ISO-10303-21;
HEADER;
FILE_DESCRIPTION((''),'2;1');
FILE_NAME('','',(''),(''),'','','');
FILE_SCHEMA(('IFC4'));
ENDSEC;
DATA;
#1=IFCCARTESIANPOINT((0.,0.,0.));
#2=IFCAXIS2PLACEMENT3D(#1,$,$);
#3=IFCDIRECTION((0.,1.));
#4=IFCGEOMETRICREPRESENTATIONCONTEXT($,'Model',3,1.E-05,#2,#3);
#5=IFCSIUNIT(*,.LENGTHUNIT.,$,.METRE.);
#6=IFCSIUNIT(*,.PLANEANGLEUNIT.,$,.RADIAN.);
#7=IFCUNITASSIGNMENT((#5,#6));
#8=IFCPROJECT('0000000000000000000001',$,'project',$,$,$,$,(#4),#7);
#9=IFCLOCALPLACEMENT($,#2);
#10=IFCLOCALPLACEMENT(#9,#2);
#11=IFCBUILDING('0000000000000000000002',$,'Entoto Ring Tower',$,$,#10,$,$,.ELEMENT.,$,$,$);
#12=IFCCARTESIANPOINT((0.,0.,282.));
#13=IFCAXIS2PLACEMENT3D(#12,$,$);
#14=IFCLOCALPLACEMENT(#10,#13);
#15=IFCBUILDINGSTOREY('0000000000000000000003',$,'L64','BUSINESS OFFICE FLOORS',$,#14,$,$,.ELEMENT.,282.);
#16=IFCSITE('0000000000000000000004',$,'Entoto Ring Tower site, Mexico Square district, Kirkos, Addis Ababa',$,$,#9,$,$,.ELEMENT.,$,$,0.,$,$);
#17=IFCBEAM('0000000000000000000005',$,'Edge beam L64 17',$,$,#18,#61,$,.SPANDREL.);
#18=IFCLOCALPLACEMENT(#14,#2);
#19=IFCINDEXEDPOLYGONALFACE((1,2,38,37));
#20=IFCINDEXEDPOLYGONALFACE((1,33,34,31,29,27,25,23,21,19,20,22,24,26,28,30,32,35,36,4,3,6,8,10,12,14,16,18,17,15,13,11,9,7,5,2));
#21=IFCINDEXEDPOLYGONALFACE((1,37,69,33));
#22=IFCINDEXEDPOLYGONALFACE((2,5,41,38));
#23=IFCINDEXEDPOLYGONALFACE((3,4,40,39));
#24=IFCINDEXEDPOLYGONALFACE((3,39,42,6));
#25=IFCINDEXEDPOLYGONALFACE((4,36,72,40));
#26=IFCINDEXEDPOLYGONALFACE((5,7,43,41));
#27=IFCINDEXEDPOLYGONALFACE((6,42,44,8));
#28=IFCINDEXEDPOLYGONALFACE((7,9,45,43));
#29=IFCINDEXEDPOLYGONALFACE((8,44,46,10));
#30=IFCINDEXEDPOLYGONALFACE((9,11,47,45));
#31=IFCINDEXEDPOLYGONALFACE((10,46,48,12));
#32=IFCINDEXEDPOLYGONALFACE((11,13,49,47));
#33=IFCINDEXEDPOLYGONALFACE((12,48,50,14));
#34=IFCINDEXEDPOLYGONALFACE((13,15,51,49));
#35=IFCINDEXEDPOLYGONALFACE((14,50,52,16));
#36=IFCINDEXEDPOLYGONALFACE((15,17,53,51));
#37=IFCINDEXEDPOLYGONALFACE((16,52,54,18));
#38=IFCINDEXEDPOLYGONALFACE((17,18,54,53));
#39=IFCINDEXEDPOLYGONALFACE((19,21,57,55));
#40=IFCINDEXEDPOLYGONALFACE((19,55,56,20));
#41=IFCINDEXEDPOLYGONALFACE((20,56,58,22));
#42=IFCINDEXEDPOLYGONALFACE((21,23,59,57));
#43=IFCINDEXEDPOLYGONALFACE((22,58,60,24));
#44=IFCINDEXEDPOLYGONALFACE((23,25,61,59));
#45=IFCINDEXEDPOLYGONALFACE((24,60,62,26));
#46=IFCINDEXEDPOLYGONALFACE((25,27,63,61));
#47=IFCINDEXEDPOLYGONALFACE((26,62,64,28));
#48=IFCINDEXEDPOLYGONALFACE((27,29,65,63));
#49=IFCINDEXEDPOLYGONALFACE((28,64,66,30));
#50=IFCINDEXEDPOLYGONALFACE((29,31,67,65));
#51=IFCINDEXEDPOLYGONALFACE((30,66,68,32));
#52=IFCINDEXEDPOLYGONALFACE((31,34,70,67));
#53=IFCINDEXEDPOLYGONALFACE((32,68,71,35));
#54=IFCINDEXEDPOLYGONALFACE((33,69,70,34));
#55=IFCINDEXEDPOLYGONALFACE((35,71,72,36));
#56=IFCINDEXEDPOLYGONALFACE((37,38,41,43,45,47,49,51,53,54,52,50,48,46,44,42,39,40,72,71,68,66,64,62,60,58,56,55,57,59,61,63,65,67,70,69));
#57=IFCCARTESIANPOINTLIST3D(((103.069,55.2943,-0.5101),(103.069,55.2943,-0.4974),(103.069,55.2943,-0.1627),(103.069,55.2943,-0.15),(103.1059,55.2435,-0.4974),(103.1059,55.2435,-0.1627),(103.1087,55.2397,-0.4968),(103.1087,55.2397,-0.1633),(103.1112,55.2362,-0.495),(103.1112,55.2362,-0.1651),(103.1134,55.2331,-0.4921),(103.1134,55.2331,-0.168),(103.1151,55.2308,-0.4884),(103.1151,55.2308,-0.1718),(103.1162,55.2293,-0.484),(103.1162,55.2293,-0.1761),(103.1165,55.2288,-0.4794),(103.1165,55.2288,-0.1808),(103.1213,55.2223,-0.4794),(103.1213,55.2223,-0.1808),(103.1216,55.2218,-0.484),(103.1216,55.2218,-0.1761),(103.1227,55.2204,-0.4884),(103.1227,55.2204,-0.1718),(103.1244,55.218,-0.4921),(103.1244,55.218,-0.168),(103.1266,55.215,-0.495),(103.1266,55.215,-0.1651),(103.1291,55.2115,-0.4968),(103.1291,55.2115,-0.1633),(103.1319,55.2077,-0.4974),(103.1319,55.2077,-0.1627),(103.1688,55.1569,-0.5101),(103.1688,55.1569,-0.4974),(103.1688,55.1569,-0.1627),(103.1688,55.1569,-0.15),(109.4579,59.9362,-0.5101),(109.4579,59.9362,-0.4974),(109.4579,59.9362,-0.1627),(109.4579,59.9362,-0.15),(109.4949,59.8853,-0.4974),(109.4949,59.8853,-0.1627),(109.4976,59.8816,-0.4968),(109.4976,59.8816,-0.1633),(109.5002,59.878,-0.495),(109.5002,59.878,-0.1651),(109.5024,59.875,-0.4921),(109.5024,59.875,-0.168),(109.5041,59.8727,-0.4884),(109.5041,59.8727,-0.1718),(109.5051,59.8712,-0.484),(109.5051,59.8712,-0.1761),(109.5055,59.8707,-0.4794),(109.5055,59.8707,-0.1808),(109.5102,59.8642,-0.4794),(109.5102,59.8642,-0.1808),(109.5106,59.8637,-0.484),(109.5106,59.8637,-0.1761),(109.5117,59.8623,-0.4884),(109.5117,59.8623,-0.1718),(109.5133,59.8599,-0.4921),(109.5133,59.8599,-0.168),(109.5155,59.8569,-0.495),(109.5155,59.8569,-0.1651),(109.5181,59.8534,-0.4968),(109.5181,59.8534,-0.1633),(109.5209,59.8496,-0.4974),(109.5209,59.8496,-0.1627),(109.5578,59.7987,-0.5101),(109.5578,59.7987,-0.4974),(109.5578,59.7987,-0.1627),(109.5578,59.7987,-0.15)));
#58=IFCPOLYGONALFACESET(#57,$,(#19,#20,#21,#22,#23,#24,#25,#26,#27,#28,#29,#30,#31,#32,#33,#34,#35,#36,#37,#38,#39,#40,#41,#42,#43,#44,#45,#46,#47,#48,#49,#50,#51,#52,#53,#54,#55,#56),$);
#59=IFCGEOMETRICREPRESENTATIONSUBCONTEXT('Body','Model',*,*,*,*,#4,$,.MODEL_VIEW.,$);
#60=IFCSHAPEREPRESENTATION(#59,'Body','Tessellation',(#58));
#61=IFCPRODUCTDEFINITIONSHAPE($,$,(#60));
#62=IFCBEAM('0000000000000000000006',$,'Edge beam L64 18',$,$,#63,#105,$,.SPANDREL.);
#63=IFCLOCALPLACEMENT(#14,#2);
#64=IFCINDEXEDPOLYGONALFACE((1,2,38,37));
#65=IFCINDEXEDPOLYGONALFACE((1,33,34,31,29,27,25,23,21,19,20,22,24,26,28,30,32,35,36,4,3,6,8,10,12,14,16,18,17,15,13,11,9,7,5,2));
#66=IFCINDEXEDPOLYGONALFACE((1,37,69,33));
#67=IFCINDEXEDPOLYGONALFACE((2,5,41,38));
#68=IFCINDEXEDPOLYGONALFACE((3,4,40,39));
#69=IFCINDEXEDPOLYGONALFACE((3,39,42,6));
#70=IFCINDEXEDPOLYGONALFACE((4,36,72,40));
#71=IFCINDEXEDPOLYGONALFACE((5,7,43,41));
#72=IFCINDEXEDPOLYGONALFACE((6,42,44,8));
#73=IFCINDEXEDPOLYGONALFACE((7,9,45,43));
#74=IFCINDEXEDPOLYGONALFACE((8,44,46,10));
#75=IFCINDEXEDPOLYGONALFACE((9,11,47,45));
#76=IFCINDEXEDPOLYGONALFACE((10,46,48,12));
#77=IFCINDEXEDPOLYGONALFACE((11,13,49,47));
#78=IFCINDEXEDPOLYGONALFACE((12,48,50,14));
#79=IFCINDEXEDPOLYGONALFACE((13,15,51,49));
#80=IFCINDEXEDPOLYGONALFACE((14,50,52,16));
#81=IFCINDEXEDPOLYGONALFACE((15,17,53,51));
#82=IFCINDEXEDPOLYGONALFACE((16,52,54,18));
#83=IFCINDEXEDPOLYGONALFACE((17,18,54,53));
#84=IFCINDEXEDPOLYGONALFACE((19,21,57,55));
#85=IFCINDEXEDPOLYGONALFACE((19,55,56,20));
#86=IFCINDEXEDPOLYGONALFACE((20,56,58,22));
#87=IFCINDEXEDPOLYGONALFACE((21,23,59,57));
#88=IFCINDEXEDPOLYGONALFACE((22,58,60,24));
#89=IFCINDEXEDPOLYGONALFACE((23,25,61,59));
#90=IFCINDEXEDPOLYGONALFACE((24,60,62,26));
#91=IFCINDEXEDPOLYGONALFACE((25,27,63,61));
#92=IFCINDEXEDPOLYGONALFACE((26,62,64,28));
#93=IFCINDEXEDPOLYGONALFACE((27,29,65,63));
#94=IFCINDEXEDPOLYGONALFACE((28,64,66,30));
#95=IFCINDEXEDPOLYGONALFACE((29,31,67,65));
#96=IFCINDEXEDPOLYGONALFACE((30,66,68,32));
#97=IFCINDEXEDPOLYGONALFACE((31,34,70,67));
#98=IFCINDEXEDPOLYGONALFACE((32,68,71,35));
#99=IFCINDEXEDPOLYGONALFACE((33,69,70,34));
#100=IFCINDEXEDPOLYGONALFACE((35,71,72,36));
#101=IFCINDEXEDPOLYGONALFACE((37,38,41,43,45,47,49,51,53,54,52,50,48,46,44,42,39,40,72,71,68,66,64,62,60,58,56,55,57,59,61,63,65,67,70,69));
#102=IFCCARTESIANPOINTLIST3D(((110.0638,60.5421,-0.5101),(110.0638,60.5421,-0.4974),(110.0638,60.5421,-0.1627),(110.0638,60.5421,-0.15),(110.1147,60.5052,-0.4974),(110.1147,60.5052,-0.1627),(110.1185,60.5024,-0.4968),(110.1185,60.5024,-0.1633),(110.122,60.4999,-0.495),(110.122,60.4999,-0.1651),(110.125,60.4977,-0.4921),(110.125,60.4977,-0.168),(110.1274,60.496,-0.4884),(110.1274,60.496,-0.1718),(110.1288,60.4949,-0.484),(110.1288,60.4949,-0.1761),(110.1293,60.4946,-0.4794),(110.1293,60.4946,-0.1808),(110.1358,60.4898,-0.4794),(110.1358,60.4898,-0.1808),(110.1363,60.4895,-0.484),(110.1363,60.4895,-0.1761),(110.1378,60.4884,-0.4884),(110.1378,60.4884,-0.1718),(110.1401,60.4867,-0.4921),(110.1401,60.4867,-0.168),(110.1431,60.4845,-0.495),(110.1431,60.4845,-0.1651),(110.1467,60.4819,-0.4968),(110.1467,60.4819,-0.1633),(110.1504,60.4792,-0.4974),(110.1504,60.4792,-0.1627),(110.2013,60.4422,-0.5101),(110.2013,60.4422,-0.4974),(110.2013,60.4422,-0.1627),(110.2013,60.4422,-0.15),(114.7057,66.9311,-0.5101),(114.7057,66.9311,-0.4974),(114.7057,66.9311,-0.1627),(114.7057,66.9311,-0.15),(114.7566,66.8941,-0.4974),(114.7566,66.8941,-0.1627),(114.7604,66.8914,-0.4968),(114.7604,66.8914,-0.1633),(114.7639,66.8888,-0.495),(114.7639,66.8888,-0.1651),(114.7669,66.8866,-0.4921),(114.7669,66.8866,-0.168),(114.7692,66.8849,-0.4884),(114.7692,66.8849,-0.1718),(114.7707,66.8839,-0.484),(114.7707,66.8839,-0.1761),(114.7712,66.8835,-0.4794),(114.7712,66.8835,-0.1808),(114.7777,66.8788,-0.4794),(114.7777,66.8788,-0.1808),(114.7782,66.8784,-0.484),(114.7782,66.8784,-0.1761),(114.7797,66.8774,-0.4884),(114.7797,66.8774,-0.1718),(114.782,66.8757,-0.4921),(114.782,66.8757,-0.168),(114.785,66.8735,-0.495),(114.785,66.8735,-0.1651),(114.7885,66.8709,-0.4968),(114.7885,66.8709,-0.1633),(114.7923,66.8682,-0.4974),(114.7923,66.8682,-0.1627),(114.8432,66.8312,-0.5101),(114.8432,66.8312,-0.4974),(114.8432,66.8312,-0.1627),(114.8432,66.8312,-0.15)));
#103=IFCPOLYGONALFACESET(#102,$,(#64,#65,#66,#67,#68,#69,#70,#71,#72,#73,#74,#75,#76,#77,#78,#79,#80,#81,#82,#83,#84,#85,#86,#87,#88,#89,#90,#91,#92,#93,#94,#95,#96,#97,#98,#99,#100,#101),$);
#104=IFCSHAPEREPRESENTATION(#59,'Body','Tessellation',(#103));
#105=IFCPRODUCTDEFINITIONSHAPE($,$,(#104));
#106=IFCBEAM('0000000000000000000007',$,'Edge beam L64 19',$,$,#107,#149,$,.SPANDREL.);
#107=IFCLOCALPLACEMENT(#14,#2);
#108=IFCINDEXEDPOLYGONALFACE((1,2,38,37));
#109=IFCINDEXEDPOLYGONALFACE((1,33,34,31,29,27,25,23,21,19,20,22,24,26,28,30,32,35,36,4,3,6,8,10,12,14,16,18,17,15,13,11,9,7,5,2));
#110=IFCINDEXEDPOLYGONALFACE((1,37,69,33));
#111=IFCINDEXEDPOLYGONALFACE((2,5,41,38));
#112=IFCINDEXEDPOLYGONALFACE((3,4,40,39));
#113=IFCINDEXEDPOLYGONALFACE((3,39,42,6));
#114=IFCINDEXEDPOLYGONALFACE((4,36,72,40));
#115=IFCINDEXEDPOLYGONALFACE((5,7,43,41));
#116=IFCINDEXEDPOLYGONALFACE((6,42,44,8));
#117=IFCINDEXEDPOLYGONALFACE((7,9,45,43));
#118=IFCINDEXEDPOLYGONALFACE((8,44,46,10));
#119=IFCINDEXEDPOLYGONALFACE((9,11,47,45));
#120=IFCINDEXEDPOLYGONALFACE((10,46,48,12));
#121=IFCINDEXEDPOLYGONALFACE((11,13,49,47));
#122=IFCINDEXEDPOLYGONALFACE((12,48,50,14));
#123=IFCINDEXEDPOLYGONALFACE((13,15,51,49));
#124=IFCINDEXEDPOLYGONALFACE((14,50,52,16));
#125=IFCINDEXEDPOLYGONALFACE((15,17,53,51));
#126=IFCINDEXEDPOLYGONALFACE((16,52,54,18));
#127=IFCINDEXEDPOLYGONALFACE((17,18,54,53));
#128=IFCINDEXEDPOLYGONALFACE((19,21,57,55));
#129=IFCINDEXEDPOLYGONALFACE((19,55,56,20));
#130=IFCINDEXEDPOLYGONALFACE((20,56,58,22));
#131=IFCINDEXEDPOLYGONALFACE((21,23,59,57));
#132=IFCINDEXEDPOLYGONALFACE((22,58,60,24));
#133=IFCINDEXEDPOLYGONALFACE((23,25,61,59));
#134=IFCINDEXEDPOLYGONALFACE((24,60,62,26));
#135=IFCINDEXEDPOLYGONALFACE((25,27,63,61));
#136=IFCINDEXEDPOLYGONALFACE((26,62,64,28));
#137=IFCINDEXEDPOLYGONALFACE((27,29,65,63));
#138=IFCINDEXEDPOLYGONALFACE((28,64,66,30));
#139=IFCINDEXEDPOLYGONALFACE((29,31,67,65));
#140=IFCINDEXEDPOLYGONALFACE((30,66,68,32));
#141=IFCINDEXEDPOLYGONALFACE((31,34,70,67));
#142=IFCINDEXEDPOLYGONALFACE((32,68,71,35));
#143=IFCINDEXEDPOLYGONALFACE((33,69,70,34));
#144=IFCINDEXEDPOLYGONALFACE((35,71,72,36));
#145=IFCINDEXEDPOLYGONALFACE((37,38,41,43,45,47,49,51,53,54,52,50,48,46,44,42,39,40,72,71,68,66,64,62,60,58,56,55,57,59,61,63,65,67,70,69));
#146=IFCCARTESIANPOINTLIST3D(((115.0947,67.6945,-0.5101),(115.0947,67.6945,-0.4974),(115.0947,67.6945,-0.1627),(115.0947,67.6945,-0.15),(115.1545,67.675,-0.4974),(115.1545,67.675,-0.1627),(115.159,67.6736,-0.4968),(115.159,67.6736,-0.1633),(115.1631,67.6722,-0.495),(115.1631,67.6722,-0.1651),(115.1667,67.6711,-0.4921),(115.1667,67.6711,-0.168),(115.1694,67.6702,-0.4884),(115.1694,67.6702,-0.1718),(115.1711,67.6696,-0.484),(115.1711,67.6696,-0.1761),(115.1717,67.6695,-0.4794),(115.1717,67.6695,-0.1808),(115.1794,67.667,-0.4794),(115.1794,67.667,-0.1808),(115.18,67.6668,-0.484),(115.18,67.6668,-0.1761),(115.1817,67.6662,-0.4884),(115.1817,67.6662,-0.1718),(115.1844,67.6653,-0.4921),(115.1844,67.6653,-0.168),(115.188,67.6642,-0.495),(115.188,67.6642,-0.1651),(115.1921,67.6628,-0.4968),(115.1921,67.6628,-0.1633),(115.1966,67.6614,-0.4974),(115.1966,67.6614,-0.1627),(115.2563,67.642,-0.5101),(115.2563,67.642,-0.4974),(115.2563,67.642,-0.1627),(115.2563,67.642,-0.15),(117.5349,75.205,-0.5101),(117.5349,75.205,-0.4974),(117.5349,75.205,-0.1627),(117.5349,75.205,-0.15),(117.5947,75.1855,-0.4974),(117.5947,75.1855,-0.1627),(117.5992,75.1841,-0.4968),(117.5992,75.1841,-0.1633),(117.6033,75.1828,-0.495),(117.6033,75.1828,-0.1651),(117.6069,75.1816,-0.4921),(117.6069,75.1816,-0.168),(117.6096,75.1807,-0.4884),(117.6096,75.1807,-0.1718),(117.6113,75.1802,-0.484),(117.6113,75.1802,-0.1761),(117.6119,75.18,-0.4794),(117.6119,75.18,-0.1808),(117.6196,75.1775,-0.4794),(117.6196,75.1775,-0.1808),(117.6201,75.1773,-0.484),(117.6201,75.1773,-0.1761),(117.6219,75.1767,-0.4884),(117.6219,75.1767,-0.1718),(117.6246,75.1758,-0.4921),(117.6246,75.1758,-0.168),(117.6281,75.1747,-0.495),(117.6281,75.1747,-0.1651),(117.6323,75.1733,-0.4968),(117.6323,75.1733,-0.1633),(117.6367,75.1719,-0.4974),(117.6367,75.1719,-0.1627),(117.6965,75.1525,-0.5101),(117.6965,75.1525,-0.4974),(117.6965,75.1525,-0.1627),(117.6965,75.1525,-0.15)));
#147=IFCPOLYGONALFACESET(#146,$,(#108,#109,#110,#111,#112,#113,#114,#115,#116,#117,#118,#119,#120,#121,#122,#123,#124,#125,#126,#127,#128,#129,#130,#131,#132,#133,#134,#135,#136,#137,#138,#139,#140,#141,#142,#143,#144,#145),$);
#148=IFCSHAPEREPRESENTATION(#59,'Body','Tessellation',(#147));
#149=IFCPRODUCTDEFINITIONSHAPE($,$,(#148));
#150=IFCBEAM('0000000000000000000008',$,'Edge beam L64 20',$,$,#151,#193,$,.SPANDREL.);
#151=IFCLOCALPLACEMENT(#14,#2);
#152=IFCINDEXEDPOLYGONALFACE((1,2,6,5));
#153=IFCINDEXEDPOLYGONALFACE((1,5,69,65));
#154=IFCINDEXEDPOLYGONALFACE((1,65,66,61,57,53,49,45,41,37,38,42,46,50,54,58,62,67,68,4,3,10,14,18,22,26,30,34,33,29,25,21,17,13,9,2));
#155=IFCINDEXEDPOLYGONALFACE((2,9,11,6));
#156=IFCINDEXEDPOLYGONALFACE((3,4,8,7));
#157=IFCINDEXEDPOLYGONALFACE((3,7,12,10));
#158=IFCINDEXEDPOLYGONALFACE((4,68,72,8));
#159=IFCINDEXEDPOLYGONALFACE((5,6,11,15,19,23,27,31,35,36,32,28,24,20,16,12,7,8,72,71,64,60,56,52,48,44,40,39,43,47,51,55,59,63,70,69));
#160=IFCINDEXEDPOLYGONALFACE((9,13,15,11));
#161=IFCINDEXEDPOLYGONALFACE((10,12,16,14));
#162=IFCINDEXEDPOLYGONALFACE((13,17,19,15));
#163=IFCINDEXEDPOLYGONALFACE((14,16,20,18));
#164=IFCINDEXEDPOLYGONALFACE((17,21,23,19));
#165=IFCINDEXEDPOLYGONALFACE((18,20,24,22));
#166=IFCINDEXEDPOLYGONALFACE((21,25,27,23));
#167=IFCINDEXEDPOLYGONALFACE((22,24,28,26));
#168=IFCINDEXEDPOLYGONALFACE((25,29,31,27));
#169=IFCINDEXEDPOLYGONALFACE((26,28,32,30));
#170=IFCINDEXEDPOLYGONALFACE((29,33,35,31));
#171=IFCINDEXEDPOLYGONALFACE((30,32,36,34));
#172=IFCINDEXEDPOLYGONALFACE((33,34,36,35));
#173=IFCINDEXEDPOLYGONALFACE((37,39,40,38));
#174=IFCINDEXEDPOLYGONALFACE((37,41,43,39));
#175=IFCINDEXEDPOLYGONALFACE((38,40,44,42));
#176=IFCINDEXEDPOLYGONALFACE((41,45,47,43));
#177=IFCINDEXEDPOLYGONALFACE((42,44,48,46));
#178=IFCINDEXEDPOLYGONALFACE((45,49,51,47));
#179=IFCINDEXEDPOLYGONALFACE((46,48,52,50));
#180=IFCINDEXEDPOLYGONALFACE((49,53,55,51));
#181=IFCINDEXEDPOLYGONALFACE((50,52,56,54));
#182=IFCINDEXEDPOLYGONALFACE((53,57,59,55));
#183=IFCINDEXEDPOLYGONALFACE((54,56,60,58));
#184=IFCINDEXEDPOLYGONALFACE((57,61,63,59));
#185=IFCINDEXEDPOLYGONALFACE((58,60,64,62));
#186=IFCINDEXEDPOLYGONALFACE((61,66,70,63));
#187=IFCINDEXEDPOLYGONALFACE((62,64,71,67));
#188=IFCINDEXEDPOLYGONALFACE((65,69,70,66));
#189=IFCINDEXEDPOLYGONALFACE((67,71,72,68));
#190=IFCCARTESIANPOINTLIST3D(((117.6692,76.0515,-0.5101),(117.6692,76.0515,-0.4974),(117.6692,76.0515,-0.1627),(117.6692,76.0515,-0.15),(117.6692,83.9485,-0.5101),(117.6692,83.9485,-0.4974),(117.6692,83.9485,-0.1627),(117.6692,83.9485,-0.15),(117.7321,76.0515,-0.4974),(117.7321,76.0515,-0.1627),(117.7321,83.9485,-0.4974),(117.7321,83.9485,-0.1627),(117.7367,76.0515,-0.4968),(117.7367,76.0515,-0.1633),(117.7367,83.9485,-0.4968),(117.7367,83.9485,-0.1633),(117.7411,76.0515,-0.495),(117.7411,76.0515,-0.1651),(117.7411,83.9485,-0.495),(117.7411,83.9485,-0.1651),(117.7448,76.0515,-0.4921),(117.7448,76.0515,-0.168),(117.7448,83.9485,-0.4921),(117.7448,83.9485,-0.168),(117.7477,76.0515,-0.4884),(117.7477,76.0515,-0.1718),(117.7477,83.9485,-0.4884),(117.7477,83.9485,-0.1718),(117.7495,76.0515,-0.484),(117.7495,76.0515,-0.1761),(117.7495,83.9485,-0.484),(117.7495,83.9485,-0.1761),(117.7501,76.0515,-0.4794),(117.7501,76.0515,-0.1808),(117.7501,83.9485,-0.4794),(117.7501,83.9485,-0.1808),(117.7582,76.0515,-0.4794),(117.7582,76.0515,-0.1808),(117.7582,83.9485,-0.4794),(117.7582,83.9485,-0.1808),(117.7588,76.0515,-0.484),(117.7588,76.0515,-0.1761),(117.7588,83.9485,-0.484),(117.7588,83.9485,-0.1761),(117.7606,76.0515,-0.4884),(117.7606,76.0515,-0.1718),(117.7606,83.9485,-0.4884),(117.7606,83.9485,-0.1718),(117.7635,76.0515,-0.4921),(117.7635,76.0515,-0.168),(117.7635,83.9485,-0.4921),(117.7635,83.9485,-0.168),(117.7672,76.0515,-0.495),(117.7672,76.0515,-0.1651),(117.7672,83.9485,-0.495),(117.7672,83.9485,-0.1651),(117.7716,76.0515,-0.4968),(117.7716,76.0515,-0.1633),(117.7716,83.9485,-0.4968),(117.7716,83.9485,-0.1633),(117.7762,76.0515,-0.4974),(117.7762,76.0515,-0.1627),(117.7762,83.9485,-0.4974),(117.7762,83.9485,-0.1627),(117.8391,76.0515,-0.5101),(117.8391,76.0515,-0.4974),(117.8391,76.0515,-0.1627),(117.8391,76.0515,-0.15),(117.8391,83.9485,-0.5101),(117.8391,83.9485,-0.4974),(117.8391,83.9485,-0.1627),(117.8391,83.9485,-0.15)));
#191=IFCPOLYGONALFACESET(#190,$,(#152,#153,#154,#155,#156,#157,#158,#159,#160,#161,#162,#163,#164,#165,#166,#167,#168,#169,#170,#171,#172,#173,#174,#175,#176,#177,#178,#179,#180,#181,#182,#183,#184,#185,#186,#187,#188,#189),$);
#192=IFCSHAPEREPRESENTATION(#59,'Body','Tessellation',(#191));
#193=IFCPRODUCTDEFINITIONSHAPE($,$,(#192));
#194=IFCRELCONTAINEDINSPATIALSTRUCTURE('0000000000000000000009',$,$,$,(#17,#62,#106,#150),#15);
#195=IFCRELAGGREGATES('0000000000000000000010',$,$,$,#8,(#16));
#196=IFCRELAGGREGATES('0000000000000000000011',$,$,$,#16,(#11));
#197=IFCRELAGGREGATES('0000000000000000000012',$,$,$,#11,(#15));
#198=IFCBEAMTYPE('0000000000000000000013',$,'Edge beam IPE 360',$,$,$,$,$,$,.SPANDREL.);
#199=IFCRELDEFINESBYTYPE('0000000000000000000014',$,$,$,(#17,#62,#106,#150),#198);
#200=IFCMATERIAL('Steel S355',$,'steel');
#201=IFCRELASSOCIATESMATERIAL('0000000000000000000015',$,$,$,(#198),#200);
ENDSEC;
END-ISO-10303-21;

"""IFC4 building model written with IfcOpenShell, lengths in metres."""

from ifc_helpers import new_model, si_unit, direction, frame, origin, origin_2d, place, context, subcontext, project, spatial, i_section, extrude, material, material_profile, profile_set, type_object, element, save


model = new_model("IFC4")

# Units and contexts
model_context = context("Model", 3, precision=1e-05, world=origin(), true_north=direction((0.0, 1.0)))
body_context = subcontext(model_context, "Body", "Model", "MODEL_VIEW")
ifc_project = project(units=[si_unit("LENGTHUNIT", "METRE"), si_unit("PLANEANGLEUNIT", "RADIAN")], contexts=[model_context])

# Site, building, storey
site_placement = place(None, origin())
site = spatial("IfcSite", under=ifc_project, at=site_placement, Name="Entoto Ring Tower site, Mexico Square district, Kirkos, Addis Ababa", CompositionType="ELEMENT", RefElevation=0.0)
building_placement = place(site_placement, origin())
building = spatial("IfcBuilding", under=site, at=building_placement, Name="Entoto Ring Tower", CompositionType="ELEMENT")
storey_placement = place(building_placement, frame((0.0, 0.0, 282.0)))
storey = spatial("IfcBuildingStorey", under=building, at=storey_placement, Name="L64", Description="BUSINESS OFFICE FLOORS", CompositionType="ELEMENT", Elevation=282.0)

# Beams
ifc_material_1 = material(Name="Steel S355", Category="steel")
ifc_material_profile_1 = material_profile(ifc_material_1, i_section(OverallWidth=0.1699, OverallDepth=0.3601, WebThickness=0.0081, FlangeThickness=0.0127, FilletRadius=0.0181, at=origin_2d()), Name="IPE 360")
ifc_profile_set_1 = profile_set([ifc_material_profile_1], Name="Steel S355")
beam_type_1 = type_object("IfcBeamType", Name="Edge beam IPE 360", PredefinedType="SPANDREL", material=ifc_profile_set_1)
for number, where, z_axis, x_axis, name in (
    (1, (103.1189, 55.2256, -0.3301), (0.809015, 0.587787, 0.0), (-0.587787, 0.809015, 0.0), "Edge beam L64 17"),
    (2, (110.1326, 60.4922, -0.3301), (0.587787, 0.809015, 0.0), (-0.809015, 0.587787, 0.0), "Edge beam L64 18"),
):
    element("IfcBeam", number, at=place(storey_placement, frame(where, z_axis=z_axis, x_axis=x_axis)), inside=storey, type_object=beam_type_1, Name=name, PredefinedType="SPANDREL", context=body_context, shape_type="SweptSolid", body=[
        extrude(i_section(OverallWidth=0.1699, OverallDepth=0.3601, WebThickness=0.0081, FlangeThickness=0.0127, FilletRadius=0.0181, at=origin_2d()), origin(), (0.0, 0.0, 1.0), 7.8972),
    ])
for number, where, z_axis, x_axis, name in (
    (3, (115.1755, 67.6682, -0.3301), (0.309003, 0.951061, 0.0), (-0.951061, 0.309003, 0.0), "Edge beam L64 19"),
    (4, (117.7542, 76.0515, -0.3301), (0.0, 1.0, 0.0), (-1.0, 0.0, 0.0), "Edge beam L64 20"),
):
    element("IfcBeam", number, at=place(storey_placement, frame(where, z_axis=z_axis, x_axis=x_axis)), inside=storey, type_object=beam_type_1, Name=name, PredefinedType="SPANDREL", context=body_context, shape_type="SweptSolid", body=[
        extrude(i_section(OverallWidth=0.1699, OverallDepth=0.3601, WebThickness=0.0081, FlangeThickness=0.0127, FilletRadius=0.0181, at=origin_2d()), origin(), (0.0, 0.0, 1.0), 7.897),
    ])

save(model, "model.ifc")
